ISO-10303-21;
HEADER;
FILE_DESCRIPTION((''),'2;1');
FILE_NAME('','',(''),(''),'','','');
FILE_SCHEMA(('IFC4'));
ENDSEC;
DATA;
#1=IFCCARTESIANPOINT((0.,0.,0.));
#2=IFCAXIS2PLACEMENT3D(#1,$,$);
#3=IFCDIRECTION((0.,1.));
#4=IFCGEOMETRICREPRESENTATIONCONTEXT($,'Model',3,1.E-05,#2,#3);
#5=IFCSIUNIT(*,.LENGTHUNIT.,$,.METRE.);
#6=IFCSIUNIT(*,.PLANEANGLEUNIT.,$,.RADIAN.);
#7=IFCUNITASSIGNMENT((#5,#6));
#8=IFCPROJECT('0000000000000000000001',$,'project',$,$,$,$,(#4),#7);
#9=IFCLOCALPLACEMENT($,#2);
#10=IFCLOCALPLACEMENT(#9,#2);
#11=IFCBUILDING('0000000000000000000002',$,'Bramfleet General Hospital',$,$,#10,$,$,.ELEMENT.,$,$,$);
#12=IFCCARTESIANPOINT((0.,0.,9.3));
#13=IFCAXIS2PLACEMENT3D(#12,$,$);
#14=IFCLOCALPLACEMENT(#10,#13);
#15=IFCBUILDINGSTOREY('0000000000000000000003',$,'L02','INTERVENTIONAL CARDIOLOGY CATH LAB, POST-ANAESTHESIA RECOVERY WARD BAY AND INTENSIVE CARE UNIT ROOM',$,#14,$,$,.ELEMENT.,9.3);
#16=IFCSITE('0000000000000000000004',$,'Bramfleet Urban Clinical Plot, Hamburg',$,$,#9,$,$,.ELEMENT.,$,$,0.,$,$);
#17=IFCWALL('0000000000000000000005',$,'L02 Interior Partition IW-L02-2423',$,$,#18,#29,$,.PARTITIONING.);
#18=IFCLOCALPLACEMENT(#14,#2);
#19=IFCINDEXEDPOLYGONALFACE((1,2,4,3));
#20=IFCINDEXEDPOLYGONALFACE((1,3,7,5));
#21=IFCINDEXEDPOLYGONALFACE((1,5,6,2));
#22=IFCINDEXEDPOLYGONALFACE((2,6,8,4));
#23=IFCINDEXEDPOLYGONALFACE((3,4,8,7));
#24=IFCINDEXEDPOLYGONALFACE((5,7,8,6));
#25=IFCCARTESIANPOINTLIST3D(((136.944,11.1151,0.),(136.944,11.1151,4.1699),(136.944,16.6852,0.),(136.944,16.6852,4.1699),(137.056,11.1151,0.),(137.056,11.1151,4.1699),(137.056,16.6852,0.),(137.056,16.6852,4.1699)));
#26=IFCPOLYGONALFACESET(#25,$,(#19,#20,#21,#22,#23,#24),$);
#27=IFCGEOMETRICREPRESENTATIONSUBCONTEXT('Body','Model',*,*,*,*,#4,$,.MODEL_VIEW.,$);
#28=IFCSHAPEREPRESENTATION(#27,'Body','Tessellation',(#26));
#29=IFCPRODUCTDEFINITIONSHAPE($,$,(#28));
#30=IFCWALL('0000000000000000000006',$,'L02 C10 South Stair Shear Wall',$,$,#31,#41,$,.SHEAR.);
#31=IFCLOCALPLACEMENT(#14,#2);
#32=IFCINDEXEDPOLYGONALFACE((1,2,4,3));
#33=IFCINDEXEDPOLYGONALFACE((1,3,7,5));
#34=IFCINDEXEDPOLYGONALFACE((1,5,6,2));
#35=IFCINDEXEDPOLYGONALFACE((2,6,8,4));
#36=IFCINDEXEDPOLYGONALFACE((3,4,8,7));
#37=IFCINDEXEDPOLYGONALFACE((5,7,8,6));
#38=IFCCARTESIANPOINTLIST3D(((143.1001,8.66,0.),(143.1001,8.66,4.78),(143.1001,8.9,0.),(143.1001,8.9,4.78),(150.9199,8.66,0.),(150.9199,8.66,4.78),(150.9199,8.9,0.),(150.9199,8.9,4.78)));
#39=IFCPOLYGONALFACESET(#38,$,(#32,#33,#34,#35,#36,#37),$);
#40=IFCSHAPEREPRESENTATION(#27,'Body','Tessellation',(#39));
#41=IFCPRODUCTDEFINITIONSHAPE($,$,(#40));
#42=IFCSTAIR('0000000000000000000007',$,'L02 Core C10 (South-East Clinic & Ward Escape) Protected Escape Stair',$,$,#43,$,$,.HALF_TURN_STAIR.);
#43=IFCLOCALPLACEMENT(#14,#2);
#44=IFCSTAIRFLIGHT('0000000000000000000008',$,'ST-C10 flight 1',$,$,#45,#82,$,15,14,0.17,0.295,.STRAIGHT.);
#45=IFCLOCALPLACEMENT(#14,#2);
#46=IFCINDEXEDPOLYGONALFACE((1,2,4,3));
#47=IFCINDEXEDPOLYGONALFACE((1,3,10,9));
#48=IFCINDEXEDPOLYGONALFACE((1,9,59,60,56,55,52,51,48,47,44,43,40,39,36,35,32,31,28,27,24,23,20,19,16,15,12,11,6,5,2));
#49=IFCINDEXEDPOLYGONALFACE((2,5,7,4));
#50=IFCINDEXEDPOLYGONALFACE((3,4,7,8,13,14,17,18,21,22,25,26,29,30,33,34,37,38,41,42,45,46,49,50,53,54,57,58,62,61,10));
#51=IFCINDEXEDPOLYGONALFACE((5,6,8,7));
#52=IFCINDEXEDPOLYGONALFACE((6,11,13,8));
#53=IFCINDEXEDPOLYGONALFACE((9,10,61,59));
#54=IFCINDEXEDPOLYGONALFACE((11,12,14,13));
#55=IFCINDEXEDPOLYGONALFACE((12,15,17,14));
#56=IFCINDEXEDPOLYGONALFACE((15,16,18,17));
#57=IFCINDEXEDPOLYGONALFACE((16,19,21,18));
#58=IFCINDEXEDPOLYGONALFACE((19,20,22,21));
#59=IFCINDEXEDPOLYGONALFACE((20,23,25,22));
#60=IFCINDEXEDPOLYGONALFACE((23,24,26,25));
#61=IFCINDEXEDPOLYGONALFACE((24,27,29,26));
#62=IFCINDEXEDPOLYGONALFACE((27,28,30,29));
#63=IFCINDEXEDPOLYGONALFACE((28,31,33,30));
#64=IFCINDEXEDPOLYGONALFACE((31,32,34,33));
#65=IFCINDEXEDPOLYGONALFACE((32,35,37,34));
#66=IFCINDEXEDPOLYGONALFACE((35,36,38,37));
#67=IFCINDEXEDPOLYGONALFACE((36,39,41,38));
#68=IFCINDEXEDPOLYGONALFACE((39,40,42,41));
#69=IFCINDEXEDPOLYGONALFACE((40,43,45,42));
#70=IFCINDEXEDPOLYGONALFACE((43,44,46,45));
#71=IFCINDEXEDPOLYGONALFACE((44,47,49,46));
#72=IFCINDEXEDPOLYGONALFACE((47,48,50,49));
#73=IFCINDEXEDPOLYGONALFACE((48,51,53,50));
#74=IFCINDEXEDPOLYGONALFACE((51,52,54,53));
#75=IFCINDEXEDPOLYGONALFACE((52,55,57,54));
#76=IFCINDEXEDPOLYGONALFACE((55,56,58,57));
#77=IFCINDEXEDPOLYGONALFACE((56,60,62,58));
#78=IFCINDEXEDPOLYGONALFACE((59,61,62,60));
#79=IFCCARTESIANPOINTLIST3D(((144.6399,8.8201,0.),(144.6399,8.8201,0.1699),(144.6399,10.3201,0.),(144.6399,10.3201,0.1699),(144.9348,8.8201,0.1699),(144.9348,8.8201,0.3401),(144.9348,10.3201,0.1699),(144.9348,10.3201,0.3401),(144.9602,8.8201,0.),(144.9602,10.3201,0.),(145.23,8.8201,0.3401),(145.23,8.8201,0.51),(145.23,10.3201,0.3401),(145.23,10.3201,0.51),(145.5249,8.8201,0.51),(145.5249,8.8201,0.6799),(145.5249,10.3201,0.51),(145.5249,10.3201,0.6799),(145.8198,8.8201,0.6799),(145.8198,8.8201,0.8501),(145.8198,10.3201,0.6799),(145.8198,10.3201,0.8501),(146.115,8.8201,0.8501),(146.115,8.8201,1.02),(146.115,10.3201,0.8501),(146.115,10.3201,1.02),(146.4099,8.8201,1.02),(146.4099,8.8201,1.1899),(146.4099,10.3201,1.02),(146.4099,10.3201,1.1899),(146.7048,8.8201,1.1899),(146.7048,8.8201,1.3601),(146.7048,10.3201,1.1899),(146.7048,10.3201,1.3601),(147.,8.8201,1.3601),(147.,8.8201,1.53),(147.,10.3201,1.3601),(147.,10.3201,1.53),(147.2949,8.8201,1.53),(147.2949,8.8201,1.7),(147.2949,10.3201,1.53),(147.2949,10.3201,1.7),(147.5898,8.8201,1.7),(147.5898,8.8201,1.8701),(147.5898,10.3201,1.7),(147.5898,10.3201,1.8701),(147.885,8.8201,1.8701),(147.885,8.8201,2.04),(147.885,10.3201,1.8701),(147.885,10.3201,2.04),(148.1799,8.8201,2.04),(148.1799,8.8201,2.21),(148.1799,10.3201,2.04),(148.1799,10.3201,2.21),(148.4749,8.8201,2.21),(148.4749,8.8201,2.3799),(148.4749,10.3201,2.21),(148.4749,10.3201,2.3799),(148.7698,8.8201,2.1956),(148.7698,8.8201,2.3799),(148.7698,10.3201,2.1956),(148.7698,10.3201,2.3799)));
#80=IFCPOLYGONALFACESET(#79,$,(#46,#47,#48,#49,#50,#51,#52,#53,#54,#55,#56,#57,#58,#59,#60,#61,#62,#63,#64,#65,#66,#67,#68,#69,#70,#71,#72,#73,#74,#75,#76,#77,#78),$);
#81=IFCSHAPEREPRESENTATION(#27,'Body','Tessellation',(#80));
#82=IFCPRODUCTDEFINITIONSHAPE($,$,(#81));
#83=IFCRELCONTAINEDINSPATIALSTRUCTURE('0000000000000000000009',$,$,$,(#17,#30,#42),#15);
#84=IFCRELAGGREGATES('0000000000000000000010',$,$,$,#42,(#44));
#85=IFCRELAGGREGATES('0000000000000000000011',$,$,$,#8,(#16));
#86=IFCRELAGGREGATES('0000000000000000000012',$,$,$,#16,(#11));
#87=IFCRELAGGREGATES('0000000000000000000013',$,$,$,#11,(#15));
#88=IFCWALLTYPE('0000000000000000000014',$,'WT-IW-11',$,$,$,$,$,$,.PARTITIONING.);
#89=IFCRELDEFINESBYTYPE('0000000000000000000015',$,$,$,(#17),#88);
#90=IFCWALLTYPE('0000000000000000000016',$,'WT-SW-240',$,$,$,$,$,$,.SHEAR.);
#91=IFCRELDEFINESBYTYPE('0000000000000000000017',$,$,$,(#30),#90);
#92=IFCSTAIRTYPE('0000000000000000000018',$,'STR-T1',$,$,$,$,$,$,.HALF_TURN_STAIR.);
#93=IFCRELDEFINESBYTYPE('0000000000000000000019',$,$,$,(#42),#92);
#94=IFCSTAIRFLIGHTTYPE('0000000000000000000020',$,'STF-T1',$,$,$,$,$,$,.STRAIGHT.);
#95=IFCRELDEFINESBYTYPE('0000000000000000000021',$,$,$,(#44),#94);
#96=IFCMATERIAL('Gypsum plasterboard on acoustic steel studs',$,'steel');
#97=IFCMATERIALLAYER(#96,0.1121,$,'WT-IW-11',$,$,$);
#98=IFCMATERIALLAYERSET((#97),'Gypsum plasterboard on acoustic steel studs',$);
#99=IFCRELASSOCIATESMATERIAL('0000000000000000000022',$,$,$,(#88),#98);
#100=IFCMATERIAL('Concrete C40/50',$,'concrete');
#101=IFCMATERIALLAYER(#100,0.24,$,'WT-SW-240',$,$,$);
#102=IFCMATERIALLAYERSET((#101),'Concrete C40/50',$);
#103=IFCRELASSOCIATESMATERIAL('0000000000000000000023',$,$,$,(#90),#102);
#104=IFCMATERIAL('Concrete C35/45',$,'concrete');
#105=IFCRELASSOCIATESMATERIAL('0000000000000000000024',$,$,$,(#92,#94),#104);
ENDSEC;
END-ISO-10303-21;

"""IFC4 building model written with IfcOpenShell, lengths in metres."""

from ifc_helpers import new_model, si_unit, direction, frame, frame_2d, origin, place, context, subcontext, project, spatial, polyline, rectangle, outline, extrude, material, layer, layer_set, type_object, element, aggregate, save


model = new_model("IFC4")

# Units and contexts
model_context = context("Model", 3, precision=1e-05, world=origin(), true_north=direction((0.0, 1.0)))
body_context = subcontext(model_context, "Body", "Model", "MODEL_VIEW")
ifc_project = project(units=[si_unit("LENGTHUNIT", "METRE"), si_unit("PLANEANGLEUNIT", "RADIAN")], contexts=[model_context])

# Site, building, storey
site_placement = place(None, origin())
site = spatial("IfcSite", under=ifc_project, at=site_placement, Name="Bramfleet Urban Clinical Plot, Hamburg", CompositionType="ELEMENT", RefElevation=0.0)
building_placement = place(site_placement, origin())
building = spatial("IfcBuilding", under=site, at=building_placement, Name="Bramfleet General Hospital", CompositionType="ELEMENT")
storey_placement = place(building_placement, frame((0.0, 0.0, 9.3)))
storey = spatial("IfcBuildingStorey", under=building, at=storey_placement, Name="L02", Description="INTERVENTIONAL CARDIOLOGY CATH LAB, POST-ANAESTHESIA RECOVERY WARD BAY AND INTENSIVE CARE UNIT ROOM", CompositionType="ELEMENT", Elevation=9.3)

# Shared definitions
ifc_material_1 = material(Name="Concrete C40/50", Category="concrete")

# Shared definitions
ifc_material_2 = material(Name="Concrete C35/45", Category="concrete")

# Shared definitions
ifc_material_3 = material(Name="Gypsum plasterboard on acoustic steel studs", Category="steel")

# Shared definitions
ifc_layer_1 = layer(ifc_material_3, 0.1121, Name="WT-IW-11")
ifc_layer_set_1 = layer_set([ifc_layer_1], Name="Gypsum plasterboard on acoustic steel studs")
wall_type_1 = type_object("IfcWallType", Name="WT-IW-11", PredefinedType="PARTITIONING", material=ifc_layer_set_1)

# Walls
wall_1_placement = place(storey_placement, frame((137.0, 11.115, 0.0), z_axis=(0.0, 0.0, 1.0), x_axis=(0.0, 1.0, 0.0)))
element("IfcWall", 1, at=wall_1_placement, inside=storey, type_object=wall_type_1, Name="L02 Interior Partition IW-L02-2423", PredefinedType="PARTITIONING", context=body_context, shape_type="SweptSolid", body=[
    extrude(rectangle(XDim=5.5701, YDim=0.1121, at=frame_2d((2.7852, 0.0))), origin(), (0.0, 0.0, 1.0), 4.1699),
])
ifc_layer_2 = layer(ifc_material_1, 0.24, Name="WT-SW-240")
ifc_layer_set_2 = layer_set([ifc_layer_2], Name="Concrete C40/50")
wall_type_2 = type_object("IfcWallType", Name="WT-SW-240", PredefinedType="SHEAR", material=ifc_layer_set_2)
wall_2_placement = place(storey_placement, frame((143.1001, 8.78, 0.0), z_axis=(0.0, 0.0, 1.0), x_axis=(1.0, 0.0, 0.0)))
element("IfcWall", 2, at=wall_2_placement, inside=storey, type_object=wall_type_2, Name="L02 C10 South Stair Shear Wall", PredefinedType="SHEAR", context=body_context, shape_type="SweptSolid", body=[
    extrude(rectangle(XDim=7.8198, YDim=0.24, at=frame_2d((3.9099, 0.0))), origin(), (0.0, 0.0, 1.0), 4.78),
])

# Stair, stair flight
stair_type = type_object("IfcStairType", Name="STR-T1", PredefinedType="HALF_TURN_STAIR", material=ifc_material_2)
stair_placement = place(storey_placement, origin())
stair = element("IfcStair", 3, at=stair_placement, inside=storey, type_object=stair_type, Name="L02 Core C10 (South-East Clinic & Ward Escape) Protected Escape Stair", PredefinedType="HALF_TURN_STAIR")
stair_flight_type = type_object("IfcStairFlightType", Name="STF-T1", PredefinedType="STRAIGHT", material=ifc_material_2)
stair_flight_placement = place(storey_placement, frame((144.6399, 9.5701, 0.0), z_axis=(0.0, 0.0, 1.0), x_axis=(1.0, 0.0, 0.0)))
stair_flight = element("IfcStairFlight", 4, at=stair_flight_placement, type_object=stair_flight_type, Name="ST-C10 flight 1", NumberOfRisers=15, NumberOfTreads=14, PredefinedType="STRAIGHT", RiserHeight=0.17, TreadLength=0.295, context=body_context, shape_type="SweptSolid", body=[
    extrude(outline(polyline([(0.0, 0.0), (0.0, 0.1699), (0.2949, 0.1699), (0.2949, 0.3401), (0.5901, 0.3401), (0.5901, 0.51), (0.885, 0.51), (0.885, 0.6799), (1.1799, 0.6799), (1.1799, 0.8501), (1.4751, 0.8501), (1.4751, 1.02), (1.77, 1.02), (1.77, 1.1899), (2.0649, 1.1899), (2.0649, 1.3601), (2.3601, 1.3601), (2.3601, 1.53), (2.655, 1.53), (2.655, 1.7), (2.95, 1.7), (2.95, 1.8701), (3.2451, 1.8701), (3.2451, 2.04), (3.54, 2.04), (3.54, 2.21), (3.835, 2.21), (3.835, 2.3799), (4.1299, 2.3799), (4.1299, 2.55), (4.1299, 2.1956), (0.3203, 0.0), (0.0, 0.0)])), frame((0.0, 0.75, 0.0), z_axis=(0.0, -1.0, 0.0), x_axis=(1.0, 0.0, 0.0)), (0.0, 0.0, 1.0), 1.5),
])
aggregate(stair, [stair_flight])

save(model, "model.ifc")
